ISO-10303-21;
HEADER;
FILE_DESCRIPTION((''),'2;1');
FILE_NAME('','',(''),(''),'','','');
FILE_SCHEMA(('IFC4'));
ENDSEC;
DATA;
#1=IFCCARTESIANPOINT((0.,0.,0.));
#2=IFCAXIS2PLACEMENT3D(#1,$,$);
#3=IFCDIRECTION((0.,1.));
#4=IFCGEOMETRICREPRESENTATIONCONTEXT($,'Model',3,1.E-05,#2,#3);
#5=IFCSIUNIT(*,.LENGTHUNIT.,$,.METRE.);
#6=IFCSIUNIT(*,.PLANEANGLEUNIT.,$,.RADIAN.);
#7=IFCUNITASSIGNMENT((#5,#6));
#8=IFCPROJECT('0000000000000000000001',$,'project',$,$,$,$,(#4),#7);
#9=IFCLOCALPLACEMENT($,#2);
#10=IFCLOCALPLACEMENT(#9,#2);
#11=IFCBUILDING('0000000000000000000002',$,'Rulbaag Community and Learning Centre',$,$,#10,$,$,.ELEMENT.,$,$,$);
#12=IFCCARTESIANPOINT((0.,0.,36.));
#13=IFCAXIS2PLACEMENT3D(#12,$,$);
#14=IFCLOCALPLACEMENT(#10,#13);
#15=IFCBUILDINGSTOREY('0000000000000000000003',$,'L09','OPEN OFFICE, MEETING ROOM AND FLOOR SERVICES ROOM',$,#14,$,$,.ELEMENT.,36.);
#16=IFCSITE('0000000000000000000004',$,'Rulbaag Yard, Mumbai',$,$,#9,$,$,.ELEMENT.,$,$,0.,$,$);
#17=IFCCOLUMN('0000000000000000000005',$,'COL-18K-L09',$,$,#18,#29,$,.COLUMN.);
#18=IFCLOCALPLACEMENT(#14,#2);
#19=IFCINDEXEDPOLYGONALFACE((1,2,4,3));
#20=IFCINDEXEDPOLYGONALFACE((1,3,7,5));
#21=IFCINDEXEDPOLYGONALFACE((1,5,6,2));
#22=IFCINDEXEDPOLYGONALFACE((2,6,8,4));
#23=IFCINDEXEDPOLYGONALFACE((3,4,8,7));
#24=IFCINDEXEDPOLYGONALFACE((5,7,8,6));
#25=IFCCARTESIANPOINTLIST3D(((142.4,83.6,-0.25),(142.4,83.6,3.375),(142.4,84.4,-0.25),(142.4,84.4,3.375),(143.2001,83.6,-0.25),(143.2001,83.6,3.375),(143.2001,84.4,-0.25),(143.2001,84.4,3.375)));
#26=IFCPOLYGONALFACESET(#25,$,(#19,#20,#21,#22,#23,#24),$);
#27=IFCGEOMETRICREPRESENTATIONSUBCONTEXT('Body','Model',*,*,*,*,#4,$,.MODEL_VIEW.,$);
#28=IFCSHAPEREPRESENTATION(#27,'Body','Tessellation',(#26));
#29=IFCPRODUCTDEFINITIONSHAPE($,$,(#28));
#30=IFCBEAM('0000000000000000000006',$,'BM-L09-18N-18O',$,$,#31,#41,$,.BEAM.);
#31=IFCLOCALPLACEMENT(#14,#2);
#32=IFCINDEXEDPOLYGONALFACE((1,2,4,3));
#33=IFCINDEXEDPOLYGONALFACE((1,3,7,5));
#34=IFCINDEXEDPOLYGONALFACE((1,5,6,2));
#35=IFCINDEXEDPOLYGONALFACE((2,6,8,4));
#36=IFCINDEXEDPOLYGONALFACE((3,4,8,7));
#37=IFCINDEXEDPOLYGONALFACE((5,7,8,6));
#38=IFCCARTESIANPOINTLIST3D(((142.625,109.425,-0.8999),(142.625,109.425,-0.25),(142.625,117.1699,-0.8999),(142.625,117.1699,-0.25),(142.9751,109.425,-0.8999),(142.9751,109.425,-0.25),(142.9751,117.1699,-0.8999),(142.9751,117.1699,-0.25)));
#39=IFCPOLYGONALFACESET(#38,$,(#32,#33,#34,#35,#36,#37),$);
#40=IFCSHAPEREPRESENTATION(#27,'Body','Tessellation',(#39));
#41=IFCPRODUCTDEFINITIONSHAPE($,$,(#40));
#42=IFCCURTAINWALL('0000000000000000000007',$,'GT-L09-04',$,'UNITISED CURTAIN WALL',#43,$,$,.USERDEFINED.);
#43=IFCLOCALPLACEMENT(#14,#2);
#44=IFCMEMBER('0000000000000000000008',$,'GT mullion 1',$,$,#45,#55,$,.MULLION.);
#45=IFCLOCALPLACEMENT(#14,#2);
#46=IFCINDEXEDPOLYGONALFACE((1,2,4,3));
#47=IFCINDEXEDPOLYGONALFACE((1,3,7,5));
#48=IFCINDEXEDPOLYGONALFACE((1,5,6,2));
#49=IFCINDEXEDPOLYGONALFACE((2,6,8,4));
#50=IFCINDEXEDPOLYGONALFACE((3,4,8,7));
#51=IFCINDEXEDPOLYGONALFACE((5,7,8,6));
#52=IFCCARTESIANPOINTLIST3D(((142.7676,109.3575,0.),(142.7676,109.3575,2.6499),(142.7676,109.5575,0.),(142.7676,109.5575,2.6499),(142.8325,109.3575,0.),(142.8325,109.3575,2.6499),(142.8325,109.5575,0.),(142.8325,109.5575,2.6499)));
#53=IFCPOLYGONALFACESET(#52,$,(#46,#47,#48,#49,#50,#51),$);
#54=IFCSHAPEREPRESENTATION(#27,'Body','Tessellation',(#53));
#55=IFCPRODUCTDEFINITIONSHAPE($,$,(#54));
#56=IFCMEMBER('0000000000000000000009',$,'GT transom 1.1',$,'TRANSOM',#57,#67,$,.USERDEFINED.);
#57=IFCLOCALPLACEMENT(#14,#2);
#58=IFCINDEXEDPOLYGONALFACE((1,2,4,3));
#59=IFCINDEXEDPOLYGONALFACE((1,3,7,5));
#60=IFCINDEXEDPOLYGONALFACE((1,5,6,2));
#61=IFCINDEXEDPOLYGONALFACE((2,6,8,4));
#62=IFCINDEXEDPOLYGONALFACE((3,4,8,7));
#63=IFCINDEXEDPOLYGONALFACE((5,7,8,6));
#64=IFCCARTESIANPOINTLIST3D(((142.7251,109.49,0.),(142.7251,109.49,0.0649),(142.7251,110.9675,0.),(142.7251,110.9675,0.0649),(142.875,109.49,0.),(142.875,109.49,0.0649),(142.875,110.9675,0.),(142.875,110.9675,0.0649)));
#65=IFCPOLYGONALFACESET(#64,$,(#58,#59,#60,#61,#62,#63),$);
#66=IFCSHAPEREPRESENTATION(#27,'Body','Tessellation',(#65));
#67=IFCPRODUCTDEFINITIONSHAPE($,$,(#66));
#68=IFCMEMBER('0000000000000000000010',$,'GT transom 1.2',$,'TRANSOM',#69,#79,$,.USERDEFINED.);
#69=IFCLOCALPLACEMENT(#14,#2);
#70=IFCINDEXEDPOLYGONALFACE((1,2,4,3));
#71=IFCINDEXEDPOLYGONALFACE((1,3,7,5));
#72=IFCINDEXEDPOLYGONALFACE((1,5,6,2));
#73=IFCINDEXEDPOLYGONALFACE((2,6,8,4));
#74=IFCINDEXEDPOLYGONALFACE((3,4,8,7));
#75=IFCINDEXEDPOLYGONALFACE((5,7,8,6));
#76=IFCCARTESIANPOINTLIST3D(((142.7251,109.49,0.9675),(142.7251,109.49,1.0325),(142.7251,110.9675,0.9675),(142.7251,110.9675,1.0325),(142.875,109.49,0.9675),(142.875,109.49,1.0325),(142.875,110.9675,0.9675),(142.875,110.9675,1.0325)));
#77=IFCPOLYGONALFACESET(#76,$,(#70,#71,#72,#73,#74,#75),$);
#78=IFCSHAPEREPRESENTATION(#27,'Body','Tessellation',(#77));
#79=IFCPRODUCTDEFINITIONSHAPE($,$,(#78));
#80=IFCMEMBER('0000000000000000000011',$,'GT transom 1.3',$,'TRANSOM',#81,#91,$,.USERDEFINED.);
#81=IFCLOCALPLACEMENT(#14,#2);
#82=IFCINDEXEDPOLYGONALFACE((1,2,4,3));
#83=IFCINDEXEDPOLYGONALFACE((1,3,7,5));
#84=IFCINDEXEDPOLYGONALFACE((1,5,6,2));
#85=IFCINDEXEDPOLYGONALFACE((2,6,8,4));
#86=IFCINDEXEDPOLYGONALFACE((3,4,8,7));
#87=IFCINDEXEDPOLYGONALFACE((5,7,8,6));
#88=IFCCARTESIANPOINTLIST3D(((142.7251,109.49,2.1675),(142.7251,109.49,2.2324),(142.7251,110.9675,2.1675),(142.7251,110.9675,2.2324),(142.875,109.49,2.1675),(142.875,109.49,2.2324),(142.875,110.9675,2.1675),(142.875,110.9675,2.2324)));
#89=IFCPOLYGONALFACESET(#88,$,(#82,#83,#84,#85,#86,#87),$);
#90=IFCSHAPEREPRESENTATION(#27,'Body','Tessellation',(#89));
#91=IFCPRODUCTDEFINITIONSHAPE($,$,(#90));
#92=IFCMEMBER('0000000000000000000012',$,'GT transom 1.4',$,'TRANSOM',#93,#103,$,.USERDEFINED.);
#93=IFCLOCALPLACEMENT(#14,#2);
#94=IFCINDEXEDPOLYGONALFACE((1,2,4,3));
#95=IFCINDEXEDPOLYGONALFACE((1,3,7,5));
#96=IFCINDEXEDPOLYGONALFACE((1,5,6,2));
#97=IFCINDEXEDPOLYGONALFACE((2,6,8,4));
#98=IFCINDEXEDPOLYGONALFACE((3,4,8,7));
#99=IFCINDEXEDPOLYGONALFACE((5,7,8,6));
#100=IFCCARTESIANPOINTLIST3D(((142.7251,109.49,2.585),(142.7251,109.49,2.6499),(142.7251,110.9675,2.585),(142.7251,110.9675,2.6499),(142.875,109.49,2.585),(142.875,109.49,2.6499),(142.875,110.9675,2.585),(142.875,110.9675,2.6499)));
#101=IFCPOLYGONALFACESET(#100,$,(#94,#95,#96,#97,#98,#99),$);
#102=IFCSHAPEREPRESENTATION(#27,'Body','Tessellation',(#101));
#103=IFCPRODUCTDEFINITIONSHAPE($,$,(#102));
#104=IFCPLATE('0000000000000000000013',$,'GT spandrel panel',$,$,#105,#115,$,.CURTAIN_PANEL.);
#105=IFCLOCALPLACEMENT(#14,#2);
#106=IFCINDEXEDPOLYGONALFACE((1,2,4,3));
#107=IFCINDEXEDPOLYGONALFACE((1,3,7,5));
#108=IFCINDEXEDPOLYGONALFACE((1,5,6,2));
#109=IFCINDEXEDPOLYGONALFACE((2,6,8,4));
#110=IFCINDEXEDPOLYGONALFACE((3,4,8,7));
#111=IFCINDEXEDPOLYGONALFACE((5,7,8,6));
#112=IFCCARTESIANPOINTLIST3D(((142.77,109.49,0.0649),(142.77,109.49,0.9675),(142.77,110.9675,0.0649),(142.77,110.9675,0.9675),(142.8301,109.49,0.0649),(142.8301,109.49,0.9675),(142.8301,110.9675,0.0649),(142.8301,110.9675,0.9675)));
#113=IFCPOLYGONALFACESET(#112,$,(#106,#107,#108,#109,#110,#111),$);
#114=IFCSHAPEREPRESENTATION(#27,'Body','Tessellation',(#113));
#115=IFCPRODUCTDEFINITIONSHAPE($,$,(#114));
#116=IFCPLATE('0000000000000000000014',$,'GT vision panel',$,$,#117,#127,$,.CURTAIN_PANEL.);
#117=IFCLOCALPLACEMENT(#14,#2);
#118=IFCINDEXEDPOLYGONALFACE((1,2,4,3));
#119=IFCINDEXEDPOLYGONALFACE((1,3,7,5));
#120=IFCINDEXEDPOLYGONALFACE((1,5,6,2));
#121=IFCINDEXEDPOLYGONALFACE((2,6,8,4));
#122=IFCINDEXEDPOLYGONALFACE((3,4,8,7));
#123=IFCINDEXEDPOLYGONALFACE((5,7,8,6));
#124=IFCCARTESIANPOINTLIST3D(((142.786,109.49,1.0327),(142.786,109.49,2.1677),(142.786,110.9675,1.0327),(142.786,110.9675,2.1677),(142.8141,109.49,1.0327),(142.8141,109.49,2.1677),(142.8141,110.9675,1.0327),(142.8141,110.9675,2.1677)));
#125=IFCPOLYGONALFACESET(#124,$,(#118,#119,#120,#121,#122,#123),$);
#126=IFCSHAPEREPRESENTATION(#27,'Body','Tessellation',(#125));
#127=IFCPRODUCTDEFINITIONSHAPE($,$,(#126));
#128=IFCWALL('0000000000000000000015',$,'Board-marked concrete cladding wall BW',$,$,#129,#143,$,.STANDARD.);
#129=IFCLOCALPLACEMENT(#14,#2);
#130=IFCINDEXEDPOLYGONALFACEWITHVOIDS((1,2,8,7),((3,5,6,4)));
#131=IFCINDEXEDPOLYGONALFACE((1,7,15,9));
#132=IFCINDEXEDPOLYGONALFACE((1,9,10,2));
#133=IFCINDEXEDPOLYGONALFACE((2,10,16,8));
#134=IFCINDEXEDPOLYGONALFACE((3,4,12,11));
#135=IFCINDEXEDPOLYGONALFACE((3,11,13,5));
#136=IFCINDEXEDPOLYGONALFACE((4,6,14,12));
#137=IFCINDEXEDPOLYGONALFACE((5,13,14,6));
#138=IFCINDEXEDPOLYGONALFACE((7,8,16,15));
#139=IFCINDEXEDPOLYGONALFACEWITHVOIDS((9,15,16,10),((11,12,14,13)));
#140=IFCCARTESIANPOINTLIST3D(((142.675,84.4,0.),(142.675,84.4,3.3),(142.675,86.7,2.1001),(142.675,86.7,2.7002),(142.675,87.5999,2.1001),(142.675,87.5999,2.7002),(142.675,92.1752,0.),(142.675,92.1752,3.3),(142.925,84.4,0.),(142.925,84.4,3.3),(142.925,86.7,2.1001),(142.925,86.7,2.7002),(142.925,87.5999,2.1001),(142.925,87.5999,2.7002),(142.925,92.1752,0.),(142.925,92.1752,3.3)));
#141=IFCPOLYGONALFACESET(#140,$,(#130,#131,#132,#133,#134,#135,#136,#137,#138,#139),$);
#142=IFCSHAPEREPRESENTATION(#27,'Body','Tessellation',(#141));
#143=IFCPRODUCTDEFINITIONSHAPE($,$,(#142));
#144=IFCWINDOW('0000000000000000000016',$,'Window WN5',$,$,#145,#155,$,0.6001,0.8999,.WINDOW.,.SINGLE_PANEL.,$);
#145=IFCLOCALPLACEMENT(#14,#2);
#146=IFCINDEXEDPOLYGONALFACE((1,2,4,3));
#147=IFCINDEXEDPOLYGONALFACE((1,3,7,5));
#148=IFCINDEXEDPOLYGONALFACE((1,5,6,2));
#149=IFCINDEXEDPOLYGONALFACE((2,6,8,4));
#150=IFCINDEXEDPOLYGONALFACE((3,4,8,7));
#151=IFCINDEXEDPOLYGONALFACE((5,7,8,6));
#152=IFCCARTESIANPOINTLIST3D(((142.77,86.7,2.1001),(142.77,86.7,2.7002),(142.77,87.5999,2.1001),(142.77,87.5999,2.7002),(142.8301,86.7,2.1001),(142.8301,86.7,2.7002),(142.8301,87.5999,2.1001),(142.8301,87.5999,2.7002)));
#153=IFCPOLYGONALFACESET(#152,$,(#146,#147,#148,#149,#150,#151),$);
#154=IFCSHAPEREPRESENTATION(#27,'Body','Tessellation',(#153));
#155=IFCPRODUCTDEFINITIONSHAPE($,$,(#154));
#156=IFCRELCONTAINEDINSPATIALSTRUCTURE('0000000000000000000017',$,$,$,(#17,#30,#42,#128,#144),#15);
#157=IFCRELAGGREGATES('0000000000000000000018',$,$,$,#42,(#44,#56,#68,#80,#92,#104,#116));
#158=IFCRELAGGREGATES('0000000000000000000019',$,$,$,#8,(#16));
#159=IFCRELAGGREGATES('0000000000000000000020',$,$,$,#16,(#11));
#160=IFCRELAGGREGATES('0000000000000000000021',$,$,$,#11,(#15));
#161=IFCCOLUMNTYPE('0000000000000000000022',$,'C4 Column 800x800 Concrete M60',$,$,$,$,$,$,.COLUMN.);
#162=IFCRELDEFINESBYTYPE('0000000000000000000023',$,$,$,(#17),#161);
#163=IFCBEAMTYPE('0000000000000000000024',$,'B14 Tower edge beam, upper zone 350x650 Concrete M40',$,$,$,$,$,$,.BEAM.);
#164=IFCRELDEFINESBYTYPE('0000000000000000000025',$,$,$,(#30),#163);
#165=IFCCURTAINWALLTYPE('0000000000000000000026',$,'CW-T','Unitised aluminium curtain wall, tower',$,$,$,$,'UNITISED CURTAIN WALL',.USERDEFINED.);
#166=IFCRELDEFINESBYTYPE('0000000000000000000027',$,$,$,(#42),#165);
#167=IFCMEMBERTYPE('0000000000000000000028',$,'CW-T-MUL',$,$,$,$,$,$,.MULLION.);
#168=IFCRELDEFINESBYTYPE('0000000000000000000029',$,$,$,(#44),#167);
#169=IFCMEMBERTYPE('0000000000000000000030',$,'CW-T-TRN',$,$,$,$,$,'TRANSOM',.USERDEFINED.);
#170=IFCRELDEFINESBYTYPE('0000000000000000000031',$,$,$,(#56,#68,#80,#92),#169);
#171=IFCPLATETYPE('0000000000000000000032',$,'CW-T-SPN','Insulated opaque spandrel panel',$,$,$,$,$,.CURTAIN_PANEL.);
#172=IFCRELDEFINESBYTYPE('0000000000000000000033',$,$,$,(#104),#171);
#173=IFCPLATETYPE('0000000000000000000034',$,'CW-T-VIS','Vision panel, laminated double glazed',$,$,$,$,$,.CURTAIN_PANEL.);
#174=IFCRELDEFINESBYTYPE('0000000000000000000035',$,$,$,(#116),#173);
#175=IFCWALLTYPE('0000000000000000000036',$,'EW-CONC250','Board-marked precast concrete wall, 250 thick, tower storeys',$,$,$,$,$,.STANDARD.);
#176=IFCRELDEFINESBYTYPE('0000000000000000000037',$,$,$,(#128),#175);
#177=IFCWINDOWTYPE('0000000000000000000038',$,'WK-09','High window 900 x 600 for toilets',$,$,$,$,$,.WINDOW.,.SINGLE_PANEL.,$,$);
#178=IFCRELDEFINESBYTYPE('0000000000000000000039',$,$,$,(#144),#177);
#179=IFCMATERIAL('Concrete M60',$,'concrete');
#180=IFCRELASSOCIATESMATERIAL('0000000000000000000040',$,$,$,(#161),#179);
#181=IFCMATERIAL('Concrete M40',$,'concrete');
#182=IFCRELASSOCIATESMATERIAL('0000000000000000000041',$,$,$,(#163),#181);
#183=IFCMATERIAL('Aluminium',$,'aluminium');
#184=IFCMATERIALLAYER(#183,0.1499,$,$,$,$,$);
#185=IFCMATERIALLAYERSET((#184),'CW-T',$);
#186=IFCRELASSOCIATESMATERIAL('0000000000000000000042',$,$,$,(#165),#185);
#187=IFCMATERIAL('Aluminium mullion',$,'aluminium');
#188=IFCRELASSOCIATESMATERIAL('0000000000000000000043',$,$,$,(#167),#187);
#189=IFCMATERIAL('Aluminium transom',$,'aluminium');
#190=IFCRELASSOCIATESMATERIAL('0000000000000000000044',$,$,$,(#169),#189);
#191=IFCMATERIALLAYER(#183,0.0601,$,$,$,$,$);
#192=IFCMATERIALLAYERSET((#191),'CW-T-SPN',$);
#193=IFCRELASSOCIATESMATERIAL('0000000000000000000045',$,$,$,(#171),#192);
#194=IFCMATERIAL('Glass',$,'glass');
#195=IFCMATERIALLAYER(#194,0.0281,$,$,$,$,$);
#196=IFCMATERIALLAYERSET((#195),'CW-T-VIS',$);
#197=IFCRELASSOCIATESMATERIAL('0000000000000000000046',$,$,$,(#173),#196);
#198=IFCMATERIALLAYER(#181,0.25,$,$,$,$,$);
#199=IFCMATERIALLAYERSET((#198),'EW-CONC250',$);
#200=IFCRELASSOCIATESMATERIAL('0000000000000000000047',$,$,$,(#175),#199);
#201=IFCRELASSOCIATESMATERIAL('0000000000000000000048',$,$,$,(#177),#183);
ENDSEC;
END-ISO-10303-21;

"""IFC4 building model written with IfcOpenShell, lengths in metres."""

from ifc_helpers import new_model, si_unit, direction, frame, frame_2d, origin, origin_2d, place, context, subcontext, project, spatial, rectangle, extrude, material, layer, layer_set, material_profile, profile_set, type_object, element, fill, aggregate, save


model = new_model("IFC4")

# Units and contexts
model_context = context("Model", 3, precision=1e-05, world=origin(), true_north=direction((0.0, 1.0)))
body_context = subcontext(model_context, "Body", "Model", "MODEL_VIEW")
ifc_project = project(units=[si_unit("LENGTHUNIT", "METRE"), si_unit("PLANEANGLEUNIT", "RADIAN")], contexts=[model_context])

# Site, building, storey
site_placement = place(None, origin())
site = spatial("IfcSite", under=ifc_project, at=site_placement, Name="Rulbaag Yard, Mumbai", CompositionType="ELEMENT", RefElevation=0.0)
building_placement = place(site_placement, origin())
building = spatial("IfcBuilding", under=site, at=building_placement, Name="Rulbaag Community and Learning Centre", CompositionType="ELEMENT")
storey_placement = place(building_placement, frame((0.0, 0.0, 36.0)))
storey = spatial("IfcBuildingStorey", under=building, at=storey_placement, Name="L09", Description="OPEN OFFICE, MEETING ROOM AND FLOOR SERVICES ROOM", CompositionType="ELEMENT", Elevation=36.0)

# Column
ifc_material_1 = material(Name="Concrete M60", Category="concrete")
ifc_material_profile_1 = material_profile(ifc_material_1, rectangle(XDim=0.8, YDim=0.8, at=origin_2d()), Name="RC800x800")
ifc_profile_set_1 = profile_set([ifc_material_profile_1], Name="Concrete M60")
column_type = type_object("IfcColumnType", Name="C4 Column 800x800 Concrete M60", PredefinedType="COLUMN", material=ifc_profile_set_1)
column_placement = place(storey_placement, frame((142.8, 84.0, -0.25), z_axis=(0.0, 0.0, 1.0), x_axis=(1.0, 0.0, 0.0)))
element("IfcColumn", 1, at=column_placement, inside=storey, type_object=column_type, Name="COL-18K-L09", PredefinedType="COLUMN", context=body_context, shape_type="SweptSolid", body=[
    extrude(rectangle(XDim=0.8, YDim=0.8, at=origin_2d()), origin(), (0.0, 0.0, 1.0), 3.625),
])

# Beam
ifc_material_2 = material(Name="Concrete M40", Category="concrete")
ifc_material_profile_2 = material_profile(ifc_material_2, rectangle(XDim=0.3501, YDim=0.6499, at=origin_2d()), Name="RB350x650")
ifc_profile_set_2 = profile_set([ifc_material_profile_2], Name="Concrete M40")
beam_type = type_object("IfcBeamType", Name="B14 Tower edge beam, upper zone 350x650 Concrete M40", PredefinedType="BEAM", material=ifc_profile_set_2)
beam_placement = place(storey_placement, frame((142.8, 109.425, -0.575), z_axis=(0.0, 1.0, 0.0), x_axis=(-1.0, 0.0, 0.0)))
element("IfcBeam", 2, at=beam_placement, inside=storey, type_object=beam_type, Name="BM-L09-18N-18O", PredefinedType="BEAM", context=body_context, shape_type="SweptSolid", body=[
    extrude(rectangle(XDim=0.3501, YDim=0.6499, at=origin_2d()), origin(), (0.0, 0.0, 1.0), 7.7449),
])

# Curtain wall, members, plates
ifc_material_3 = material(Name="Aluminium", Category="aluminium")
ifc_layer_1 = layer(ifc_material_3, 0.1499)
ifc_layer_set_1 = layer_set([ifc_layer_1], Name="CW-T")
curtain_wall_type = type_object("IfcCurtainWallType", Name="CW-T", Description="Unitised aluminium curtain wall, tower", ElementType="UNITISED CURTAIN WALL", PredefinedType="USERDEFINED", material=ifc_layer_set_1)
curtain_wall_placement = place(storey_placement, origin())
curtain_wall = element("IfcCurtainWall", 3, at=curtain_wall_placement, inside=storey, type_object=curtain_wall_type, Name="GT-L09-04", ObjectType="UNITISED CURTAIN WALL", PredefinedType="USERDEFINED")
ifc_material_4 = material(Name="Aluminium mullion", Category="aluminium")
ifc_material_profile_3 = material_profile(ifc_material_4, rectangle(XDim=0.0649, YDim=0.2, at=origin_2d()), Name="AL 65x200")
ifc_profile_set_3 = profile_set([ifc_material_profile_3], Name="Aluminium mullion")
member_type_1 = type_object("IfcMemberType", Name="CW-T-MUL", PredefinedType="MULLION", material=ifc_profile_set_3)
member_1_placement = place(storey_placement, frame((142.8, 109.4575, 0.0), z_axis=(0.0, 0.0, 1.0), x_axis=(-1.0, 0.0, 0.0)))
member_1 = element("IfcMember", 4, at=member_1_placement, type_object=member_type_1, Name="GT mullion 1", PredefinedType="MULLION", context=body_context, shape_type="SweptSolid", body=[
    extrude(rectangle(XDim=0.0649, YDim=0.2, at=origin_2d()), origin(), (0.0, 0.0, 1.0), 2.6499),
])
ifc_material_5 = material(Name="Aluminium transom", Category="aluminium")
ifc_material_profile_4 = material_profile(ifc_material_5, rectangle(XDim=0.1499, YDim=0.0649, at=origin_2d()), Name="AL 65x150 T")
ifc_profile_set_4 = profile_set([ifc_material_profile_4], Name="Aluminium transom")
member_type_2 = type_object("IfcMemberType", Name="CW-T-TRN", ElementType="TRANSOM", PredefinedType="USERDEFINED", material=ifc_profile_set_4)
member_2_placement = place(storey_placement, frame((142.8, 109.49, 0.0325), z_axis=(0.0, 1.0, 0.0), x_axis=(-1.0, 0.0, 0.0)))
member_2 = element("IfcMember", 5, at=member_2_placement, type_object=member_type_2, Name="GT transom 1.1", ObjectType="TRANSOM", PredefinedType="USERDEFINED", context=body_context, shape_type="SweptSolid", body=[
    extrude(rectangle(XDim=0.1499, YDim=0.0649, at=origin_2d()), origin(), (0.0, 0.0, 1.0), 1.4775),
])
member_3_placement = place(storey_placement, frame((142.8, 109.49, 1.0), z_axis=(0.0, 1.0, 0.0), x_axis=(-1.0, 0.0, 0.0)))
member_3 = element("IfcMember", 6, at=member_3_placement, type_object=member_type_2, Name="GT transom 1.2", ObjectType="TRANSOM", PredefinedType="USERDEFINED", context=body_context, shape_type="SweptSolid", body=[
    extrude(rectangle(XDim=0.1499, YDim=0.0649, at=origin_2d()), origin(), (0.0, 0.0, 1.0), 1.4775),
])
member_4_placement = place(storey_placement, frame((142.8, 109.49, 2.2), z_axis=(0.0, 1.0, 0.0), x_axis=(-1.0, 0.0, 0.0)))
member_4 = element("IfcMember", 7, at=member_4_placement, type_object=member_type_2, Name="GT transom 1.3", ObjectType="TRANSOM", PredefinedType="USERDEFINED", context=body_context, shape_type="SweptSolid", body=[
    extrude(rectangle(XDim=0.1499, YDim=0.0649, at=origin_2d()), origin(), (0.0, 0.0, 1.0), 1.4775),
])
member_5_placement = place(storey_placement, frame((142.8, 109.49, 2.6174), z_axis=(0.0, 1.0, 0.0), x_axis=(-1.0, 0.0, 0.0)))
member_5 = element("IfcMember", 8, at=member_5_placement, type_object=member_type_2, Name="GT transom 1.4", ObjectType="TRANSOM", PredefinedType="USERDEFINED", context=body_context, shape_type="SweptSolid", body=[
    extrude(rectangle(XDim=0.1499, YDim=0.0649, at=origin_2d()), origin(), (0.0, 0.0, 1.0), 1.4775),
])
ifc_layer_2 = layer(ifc_material_3, 0.0601)
ifc_layer_set_2 = layer_set([ifc_layer_2], Name="CW-T-SPN")
plate_type_1 = type_object("IfcPlateType", Name="CW-T-SPN", Description="Insulated opaque spandrel panel", PredefinedType="CURTAIN_PANEL", material=ifc_layer_set_2)
plate_1_placement = place(storey_placement, frame((142.8, 110.2288, 0.0649), z_axis=(0.0, 0.0, 1.0), x_axis=(0.0, 1.0, 0.0)))
plate_1 = element("IfcPlate", 9, at=plate_1_placement, type_object=plate_type_1, Name="GT spandrel panel", PredefinedType="CURTAIN_PANEL", context=body_context, shape_type="SweptSolid", body=[
    extrude(rectangle(XDim=1.4775, YDim=0.0601, at=origin_2d()), origin(), (0.0, 0.0, 1.0), 0.9026),
])
ifc_material_6 = material(Name="Glass", Category="glass")
ifc_layer_3 = layer(ifc_material_6, 0.0281)
ifc_layer_set_3 = layer_set([ifc_layer_3], Name="CW-T-VIS")
plate_type_2 = type_object("IfcPlateType", Name="CW-T-VIS", Description="Vision panel, laminated double glazed", PredefinedType="CURTAIN_PANEL", material=ifc_layer_set_3)
plate_2_placement = place(storey_placement, frame((142.8, 110.2288, 1.0327), z_axis=(0.0, 0.0, 1.0), x_axis=(0.0, 1.0, 0.0)))
plate_2 = element("IfcPlate", 10, at=plate_2_placement, type_object=plate_type_2, Name="GT vision panel", PredefinedType="CURTAIN_PANEL", context=body_context, shape_type="SweptSolid", body=[
    extrude(rectangle(XDim=1.4775, YDim=0.0281, at=origin_2d()), origin(), (0.0, 0.0, 1.0), 1.135),
])
aggregate(curtain_wall, [member_1, member_2, member_3, member_4, member_5, plate_1, plate_2])

# Wall, opening, window
ifc_layer_4 = layer(ifc_material_2, 0.25)
ifc_layer_set_4 = layer_set([ifc_layer_4], Name="EW-CONC250")
wall_type_1 = type_object("IfcWallType", Name="EW-CONC250", Description="Board-marked precast concrete wall, 250 thick, tower storeys", PredefinedType="STANDARD", material=ifc_layer_set_4)
wall_1_placement = place(storey_placement, frame((142.8, 84.3999, 0.0), z_axis=(0.0, 0.0, 1.0), x_axis=(0.0, 1.0, 0.0)))
wall_1 = element("IfcWall", 11, at=wall_1_placement, inside=storey, type_object=wall_type_1, Name="Board-marked concrete cladding wall BW", PredefinedType="STANDARD", context=body_context, shape_type="SweptSolid", body=[
    extrude(rectangle(XDim=7.7751, YDim=0.25, at=frame_2d((3.8877, 0.0))), origin(), (0.0, 0.0, 1.0), 3.3),
])
opening_1_placement = place(wall_1_placement, frame((2.3, 0.0, 2.1001)))
opening_1 = element("IfcOpeningElement", 12, at=opening_1_placement, cuts=wall_1, PredefinedType="OPENING", context=body_context, shape_type="SweptSolid", body=[
    extrude(rectangle(XDim=0.8999, YDim=0.6001, at=frame_2d((0.45, 0.3))), frame((0.0, 0.135, 0.0), z_axis=(0.0, -1.0, 0.0), x_axis=(1.0, 0.0, 0.0)), (0.0, 0.0, 1.0), 0.27),
])
window_type = type_object("IfcWindowType", Name="WK-09", Description="High window 900 x 600 for toilets", PartitioningType="SINGLE_PANEL", PredefinedType="WINDOW", material=ifc_material_3)
window_placement = place(opening_1_placement, origin())
window = element("IfcWindow", 13, at=window_placement, inside=storey, type_object=window_type, Name="Window WN5", OverallHeight=0.6001, OverallWidth=0.8999, PartitioningType="SINGLE_PANEL", PredefinedType="WINDOW", context=body_context, shape_type="SweptSolid", body=[
    extrude(rectangle(XDim=0.8999, YDim=0.6001, at=frame_2d((0.45, 0.3))), frame((0.0, 0.03, 0.0), z_axis=(0.0, -1.0, 0.0), x_axis=(1.0, 0.0, 0.0)), (0.0, 0.0, 1.0), 0.0601),
])
fill(opening_1, window)

save(model, "model.ifc")
